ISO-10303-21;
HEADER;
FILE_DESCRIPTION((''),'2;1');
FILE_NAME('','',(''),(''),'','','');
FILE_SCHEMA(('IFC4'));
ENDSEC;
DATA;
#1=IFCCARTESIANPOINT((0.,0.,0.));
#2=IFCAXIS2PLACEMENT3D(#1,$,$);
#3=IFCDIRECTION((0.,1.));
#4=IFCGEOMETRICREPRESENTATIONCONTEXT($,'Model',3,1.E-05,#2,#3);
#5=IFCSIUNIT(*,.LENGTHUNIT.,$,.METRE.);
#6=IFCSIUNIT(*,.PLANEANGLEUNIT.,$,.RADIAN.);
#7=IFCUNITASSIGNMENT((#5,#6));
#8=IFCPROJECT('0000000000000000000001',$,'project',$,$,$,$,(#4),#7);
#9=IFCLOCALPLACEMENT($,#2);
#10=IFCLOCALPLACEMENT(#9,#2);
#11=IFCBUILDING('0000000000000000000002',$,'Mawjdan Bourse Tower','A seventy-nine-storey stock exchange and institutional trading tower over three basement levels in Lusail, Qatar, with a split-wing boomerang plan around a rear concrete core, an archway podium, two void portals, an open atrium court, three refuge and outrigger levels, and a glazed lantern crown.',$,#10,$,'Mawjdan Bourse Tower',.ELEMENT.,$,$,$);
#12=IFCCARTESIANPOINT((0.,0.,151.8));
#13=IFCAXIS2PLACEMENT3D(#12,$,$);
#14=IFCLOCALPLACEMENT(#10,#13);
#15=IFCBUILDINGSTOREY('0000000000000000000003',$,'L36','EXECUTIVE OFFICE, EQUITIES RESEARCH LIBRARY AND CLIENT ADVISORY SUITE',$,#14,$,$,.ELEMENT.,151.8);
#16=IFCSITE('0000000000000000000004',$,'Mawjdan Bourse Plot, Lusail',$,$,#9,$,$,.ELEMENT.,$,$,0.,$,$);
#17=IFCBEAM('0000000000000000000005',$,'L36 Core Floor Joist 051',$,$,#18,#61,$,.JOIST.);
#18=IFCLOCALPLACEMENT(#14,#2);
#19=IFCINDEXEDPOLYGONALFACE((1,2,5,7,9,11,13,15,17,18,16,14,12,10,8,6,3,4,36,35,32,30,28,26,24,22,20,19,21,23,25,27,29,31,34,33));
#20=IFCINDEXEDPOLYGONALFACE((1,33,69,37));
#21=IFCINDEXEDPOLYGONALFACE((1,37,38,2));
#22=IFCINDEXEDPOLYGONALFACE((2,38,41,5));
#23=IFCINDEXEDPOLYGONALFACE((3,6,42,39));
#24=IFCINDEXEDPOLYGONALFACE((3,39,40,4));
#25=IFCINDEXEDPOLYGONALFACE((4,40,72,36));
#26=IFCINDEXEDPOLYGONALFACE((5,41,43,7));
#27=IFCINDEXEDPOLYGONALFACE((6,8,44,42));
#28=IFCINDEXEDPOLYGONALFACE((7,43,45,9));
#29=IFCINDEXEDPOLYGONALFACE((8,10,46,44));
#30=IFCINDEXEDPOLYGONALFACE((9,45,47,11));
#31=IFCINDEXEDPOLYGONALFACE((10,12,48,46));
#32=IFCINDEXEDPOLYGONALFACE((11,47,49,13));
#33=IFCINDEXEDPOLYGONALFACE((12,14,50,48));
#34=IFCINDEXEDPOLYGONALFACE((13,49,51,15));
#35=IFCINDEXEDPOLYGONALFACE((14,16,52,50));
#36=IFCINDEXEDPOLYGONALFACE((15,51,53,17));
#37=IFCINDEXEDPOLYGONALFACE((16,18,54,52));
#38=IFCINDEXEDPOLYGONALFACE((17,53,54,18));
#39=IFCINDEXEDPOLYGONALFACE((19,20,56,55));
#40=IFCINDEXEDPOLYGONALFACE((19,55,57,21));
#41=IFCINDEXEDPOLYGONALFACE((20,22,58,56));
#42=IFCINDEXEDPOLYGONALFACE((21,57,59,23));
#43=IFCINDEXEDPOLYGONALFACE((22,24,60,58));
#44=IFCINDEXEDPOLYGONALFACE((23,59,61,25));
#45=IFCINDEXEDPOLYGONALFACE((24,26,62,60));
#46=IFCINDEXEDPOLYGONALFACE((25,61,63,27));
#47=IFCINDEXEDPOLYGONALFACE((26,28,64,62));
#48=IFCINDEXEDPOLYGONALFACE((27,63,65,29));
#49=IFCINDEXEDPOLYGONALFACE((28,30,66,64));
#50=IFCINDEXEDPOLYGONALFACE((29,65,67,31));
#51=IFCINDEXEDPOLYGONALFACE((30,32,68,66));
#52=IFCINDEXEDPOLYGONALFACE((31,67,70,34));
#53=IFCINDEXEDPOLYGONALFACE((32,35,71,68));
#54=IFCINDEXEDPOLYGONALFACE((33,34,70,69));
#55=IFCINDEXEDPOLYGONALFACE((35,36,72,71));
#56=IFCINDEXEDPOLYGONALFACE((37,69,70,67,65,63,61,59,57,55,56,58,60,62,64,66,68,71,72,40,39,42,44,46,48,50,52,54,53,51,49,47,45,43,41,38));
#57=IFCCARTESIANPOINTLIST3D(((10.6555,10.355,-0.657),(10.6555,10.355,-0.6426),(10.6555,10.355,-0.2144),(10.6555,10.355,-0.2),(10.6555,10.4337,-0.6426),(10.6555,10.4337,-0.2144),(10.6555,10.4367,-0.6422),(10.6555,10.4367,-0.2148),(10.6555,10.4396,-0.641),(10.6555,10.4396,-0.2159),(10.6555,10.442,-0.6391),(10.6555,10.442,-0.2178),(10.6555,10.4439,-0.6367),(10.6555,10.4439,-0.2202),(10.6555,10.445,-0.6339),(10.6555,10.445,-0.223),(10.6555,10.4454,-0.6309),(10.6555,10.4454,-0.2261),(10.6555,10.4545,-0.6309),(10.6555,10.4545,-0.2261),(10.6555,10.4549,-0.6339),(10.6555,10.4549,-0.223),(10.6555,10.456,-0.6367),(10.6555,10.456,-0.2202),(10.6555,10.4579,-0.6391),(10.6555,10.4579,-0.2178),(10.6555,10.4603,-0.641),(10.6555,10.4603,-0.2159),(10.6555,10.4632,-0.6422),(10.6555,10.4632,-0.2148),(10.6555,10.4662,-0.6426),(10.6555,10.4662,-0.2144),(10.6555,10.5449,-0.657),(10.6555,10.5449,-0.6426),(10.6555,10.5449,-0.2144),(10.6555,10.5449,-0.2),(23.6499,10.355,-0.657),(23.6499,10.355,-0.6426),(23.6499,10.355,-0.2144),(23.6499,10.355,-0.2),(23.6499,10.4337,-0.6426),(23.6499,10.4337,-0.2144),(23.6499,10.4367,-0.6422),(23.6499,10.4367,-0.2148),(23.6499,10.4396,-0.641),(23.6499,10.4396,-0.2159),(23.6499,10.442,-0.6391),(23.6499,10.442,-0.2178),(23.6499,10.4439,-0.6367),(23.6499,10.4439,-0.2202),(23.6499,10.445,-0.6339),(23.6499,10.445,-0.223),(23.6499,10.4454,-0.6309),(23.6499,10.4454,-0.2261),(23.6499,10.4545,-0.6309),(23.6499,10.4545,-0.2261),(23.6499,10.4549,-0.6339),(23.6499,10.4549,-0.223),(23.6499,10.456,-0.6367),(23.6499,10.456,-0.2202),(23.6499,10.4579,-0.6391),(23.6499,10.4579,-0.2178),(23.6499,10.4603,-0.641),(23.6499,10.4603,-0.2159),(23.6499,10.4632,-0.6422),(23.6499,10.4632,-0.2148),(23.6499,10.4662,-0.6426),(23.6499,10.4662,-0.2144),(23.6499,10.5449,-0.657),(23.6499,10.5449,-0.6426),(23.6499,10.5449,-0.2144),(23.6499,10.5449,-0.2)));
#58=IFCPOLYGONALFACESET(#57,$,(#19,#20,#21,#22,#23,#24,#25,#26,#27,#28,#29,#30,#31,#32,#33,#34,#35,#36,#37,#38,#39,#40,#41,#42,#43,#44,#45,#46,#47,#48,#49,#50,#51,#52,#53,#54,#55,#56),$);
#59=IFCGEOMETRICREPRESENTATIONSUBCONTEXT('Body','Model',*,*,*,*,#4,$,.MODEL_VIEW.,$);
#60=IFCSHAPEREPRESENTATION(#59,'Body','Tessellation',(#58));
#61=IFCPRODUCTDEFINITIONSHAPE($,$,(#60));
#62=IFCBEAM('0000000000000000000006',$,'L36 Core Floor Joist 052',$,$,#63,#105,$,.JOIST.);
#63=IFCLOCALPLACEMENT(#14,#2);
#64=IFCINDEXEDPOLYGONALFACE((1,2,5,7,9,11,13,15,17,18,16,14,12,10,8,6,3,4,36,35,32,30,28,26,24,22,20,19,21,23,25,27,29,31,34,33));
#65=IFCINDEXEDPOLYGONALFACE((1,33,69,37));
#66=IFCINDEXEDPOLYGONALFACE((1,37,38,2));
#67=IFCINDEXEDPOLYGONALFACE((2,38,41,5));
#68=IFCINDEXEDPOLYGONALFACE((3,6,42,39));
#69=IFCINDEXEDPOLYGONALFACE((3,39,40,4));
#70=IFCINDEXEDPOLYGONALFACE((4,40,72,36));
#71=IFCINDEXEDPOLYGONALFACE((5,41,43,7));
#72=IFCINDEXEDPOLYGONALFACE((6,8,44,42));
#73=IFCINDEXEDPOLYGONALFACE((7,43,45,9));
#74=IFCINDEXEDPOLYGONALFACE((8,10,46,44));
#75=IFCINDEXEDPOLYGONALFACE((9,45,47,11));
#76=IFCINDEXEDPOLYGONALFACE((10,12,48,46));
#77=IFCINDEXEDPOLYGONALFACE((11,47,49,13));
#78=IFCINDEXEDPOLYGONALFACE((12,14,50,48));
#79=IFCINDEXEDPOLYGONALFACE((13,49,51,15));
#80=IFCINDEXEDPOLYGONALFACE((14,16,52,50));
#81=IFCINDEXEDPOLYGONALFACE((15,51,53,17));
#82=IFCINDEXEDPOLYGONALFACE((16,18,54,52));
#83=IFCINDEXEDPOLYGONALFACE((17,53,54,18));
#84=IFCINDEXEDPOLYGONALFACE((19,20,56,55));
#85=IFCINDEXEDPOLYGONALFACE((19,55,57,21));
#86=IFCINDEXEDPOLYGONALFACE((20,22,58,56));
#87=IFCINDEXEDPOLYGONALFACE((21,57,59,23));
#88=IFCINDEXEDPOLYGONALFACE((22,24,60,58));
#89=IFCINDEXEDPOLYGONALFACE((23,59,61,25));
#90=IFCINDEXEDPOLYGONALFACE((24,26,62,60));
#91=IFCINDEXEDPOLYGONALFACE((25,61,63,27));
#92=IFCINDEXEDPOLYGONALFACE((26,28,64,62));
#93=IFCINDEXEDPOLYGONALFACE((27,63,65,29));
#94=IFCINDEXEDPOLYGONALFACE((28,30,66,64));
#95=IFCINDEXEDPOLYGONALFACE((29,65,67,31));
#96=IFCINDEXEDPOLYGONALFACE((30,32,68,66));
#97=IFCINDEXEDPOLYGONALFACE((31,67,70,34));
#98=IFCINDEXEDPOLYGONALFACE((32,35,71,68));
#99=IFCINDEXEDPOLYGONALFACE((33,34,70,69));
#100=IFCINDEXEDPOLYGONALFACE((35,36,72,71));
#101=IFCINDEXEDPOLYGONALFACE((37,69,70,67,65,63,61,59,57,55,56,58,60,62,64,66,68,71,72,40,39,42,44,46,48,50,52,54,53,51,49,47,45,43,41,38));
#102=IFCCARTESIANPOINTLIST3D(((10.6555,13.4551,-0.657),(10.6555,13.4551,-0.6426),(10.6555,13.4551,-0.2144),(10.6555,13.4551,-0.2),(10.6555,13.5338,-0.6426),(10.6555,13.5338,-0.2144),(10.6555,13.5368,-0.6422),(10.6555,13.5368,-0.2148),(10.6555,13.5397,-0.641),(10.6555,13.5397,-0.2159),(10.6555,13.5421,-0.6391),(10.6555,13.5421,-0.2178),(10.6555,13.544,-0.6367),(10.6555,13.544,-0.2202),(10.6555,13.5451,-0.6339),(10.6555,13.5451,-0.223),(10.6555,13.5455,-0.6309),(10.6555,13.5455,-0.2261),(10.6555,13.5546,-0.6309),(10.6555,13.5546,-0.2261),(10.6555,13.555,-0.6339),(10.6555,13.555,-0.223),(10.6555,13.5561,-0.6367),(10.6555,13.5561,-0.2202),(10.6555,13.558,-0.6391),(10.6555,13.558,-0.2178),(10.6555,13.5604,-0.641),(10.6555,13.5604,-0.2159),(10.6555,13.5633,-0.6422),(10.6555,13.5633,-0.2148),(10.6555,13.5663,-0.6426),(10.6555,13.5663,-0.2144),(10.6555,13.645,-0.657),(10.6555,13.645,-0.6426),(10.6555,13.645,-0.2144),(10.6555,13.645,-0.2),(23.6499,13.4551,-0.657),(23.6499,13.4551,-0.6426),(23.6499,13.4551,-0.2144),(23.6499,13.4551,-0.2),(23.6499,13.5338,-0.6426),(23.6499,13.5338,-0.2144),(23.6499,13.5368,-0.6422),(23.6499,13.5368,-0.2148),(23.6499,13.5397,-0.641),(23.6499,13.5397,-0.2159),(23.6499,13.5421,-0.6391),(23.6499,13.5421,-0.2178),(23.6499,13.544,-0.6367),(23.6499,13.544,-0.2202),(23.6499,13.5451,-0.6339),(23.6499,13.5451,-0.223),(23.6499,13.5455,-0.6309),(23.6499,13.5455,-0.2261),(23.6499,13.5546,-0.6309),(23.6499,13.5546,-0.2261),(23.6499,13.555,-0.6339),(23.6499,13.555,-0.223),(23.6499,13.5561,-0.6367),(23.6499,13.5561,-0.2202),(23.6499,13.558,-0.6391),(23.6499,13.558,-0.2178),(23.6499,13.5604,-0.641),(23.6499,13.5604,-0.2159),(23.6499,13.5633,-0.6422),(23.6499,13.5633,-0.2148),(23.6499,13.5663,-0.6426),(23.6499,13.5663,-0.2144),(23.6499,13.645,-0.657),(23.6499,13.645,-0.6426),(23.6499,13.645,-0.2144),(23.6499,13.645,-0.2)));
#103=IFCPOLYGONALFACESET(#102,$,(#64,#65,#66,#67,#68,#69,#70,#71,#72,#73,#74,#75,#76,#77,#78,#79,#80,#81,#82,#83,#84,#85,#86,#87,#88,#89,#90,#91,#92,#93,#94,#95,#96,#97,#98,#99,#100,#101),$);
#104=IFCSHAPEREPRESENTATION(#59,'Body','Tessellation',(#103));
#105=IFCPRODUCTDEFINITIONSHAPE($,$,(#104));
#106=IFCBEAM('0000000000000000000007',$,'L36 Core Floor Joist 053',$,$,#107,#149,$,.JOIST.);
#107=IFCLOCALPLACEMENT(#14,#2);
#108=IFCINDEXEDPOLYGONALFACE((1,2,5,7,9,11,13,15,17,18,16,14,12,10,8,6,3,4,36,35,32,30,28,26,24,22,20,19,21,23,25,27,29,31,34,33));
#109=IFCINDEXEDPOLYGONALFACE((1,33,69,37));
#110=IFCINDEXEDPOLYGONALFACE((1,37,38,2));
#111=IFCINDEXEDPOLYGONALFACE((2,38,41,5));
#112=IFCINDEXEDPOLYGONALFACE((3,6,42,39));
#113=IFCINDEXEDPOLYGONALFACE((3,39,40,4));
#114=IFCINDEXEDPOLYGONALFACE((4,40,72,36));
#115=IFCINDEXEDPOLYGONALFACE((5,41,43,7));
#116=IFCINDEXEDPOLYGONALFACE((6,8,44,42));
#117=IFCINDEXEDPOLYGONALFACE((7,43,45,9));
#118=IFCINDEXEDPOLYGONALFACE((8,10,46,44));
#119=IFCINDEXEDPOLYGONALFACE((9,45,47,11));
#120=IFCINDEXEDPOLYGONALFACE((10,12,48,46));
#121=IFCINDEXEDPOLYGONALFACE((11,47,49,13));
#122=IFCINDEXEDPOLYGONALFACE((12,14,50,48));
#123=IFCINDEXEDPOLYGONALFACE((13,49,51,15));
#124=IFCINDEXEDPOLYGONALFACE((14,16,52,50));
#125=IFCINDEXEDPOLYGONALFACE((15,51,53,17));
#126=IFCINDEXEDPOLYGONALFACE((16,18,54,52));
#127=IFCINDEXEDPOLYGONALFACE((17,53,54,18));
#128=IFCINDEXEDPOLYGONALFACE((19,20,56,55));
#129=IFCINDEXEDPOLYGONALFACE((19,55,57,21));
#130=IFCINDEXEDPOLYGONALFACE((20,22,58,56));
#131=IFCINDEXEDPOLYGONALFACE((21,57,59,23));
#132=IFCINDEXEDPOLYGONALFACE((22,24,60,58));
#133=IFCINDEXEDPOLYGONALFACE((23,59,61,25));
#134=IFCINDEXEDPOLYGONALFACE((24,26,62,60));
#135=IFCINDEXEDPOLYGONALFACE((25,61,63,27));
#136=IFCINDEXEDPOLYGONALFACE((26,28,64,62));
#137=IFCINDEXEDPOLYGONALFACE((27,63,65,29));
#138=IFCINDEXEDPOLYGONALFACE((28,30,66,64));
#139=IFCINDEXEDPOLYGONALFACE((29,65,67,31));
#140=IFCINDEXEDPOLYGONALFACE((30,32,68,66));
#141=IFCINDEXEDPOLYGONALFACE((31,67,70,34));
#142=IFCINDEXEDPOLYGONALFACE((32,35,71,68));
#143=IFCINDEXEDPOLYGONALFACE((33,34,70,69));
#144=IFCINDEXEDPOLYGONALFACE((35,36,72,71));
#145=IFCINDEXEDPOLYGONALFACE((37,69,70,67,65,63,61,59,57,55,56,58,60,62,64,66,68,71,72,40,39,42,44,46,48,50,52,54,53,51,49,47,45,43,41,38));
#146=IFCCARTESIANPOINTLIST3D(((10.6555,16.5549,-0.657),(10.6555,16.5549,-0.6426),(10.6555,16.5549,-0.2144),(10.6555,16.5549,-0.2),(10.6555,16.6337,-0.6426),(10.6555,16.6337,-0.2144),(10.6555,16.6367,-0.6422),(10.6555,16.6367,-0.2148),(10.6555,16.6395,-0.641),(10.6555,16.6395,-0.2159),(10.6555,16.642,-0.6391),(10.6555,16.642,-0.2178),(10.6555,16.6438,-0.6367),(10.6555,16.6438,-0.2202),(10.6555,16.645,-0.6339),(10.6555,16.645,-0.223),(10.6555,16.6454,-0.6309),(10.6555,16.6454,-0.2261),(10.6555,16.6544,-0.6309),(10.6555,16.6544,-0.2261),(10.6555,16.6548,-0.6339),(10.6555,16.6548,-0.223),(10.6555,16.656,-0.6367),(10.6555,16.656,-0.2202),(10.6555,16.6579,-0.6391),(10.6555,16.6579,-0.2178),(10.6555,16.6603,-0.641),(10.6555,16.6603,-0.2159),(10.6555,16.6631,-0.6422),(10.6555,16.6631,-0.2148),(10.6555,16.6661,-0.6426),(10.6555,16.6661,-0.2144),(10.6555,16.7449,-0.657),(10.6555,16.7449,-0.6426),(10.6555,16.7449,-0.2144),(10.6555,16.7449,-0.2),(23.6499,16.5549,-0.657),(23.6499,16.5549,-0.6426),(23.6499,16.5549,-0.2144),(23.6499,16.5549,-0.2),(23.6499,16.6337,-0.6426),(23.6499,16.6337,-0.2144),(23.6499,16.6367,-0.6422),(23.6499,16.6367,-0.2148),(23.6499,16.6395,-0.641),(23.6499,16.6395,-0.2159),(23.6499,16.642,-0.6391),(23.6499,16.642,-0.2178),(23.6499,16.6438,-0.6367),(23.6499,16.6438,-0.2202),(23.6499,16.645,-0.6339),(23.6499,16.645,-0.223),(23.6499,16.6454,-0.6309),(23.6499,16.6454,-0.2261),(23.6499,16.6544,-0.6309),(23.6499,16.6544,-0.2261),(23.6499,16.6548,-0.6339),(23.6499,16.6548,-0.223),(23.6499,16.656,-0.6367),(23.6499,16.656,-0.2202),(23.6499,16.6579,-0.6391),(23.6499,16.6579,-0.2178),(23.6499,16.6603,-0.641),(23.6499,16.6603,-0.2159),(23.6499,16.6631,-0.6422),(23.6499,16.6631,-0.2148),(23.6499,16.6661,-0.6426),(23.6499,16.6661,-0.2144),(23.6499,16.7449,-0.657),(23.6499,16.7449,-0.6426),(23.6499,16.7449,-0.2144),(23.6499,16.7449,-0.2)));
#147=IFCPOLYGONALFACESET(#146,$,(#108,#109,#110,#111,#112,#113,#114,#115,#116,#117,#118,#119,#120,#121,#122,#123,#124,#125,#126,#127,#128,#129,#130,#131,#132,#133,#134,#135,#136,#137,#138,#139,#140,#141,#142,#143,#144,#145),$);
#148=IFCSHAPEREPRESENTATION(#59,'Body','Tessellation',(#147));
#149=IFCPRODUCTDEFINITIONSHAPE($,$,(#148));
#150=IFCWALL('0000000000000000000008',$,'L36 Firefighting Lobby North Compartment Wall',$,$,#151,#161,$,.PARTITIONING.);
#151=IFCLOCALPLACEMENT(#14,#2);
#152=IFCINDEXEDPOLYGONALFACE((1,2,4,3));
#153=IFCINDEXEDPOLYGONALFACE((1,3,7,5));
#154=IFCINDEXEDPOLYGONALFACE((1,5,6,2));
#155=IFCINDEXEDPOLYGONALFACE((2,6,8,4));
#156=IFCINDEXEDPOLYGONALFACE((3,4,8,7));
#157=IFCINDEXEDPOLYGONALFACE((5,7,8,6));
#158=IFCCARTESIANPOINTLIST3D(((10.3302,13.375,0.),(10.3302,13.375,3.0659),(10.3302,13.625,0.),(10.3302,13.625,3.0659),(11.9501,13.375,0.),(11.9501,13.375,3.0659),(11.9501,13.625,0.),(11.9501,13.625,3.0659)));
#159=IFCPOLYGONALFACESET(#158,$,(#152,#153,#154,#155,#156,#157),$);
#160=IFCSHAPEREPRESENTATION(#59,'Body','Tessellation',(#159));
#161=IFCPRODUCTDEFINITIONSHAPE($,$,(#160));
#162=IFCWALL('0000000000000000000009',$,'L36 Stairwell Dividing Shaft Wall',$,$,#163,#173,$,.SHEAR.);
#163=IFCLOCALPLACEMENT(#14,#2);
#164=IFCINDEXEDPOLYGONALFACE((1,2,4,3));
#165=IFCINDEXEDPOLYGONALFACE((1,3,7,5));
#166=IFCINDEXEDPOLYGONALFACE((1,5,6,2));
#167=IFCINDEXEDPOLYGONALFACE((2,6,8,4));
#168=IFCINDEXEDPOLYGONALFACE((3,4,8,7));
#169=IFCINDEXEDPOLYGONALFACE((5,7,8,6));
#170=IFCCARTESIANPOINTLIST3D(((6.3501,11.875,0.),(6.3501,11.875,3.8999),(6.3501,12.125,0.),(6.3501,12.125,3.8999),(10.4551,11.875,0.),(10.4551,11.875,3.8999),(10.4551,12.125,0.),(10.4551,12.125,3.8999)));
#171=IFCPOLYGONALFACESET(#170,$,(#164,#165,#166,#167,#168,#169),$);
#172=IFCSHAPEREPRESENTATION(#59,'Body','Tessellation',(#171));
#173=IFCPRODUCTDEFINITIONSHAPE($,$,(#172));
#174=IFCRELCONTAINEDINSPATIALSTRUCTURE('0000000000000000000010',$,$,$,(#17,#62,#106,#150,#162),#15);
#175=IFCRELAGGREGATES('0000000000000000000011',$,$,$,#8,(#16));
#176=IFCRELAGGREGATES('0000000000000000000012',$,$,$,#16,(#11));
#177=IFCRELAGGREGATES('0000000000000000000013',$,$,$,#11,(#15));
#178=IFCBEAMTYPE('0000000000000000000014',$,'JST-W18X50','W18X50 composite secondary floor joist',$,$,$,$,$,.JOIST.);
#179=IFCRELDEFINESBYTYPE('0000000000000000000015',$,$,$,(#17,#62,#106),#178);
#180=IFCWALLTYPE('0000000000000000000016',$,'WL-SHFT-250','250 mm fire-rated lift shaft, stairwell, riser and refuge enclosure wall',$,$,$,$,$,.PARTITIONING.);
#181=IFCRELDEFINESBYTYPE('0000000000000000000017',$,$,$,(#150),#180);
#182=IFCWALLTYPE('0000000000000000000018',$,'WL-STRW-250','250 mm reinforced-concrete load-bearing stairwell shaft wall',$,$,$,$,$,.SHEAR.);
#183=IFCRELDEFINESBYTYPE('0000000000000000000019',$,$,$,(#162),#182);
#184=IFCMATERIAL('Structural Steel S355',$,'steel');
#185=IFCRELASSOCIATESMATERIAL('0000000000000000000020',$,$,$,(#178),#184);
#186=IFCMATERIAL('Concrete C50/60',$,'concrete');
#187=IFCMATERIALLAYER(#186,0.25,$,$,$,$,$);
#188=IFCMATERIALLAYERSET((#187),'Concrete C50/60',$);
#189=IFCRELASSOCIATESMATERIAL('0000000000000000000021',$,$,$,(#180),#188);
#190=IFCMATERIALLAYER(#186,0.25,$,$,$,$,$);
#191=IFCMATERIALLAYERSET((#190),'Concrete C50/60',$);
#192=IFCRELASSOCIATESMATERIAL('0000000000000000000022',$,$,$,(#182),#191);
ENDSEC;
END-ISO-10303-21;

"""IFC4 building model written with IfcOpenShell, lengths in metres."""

from ifc_helpers import new_model, si_unit, direction, frame, frame_2d, origin, origin_2d, place, context, subcontext, project, spatial, rectangle, i_section, extrude, material, layer, layer_set, material_profile, profile_set, type_object, element, save


model = new_model("IFC4")

# Units and contexts
model_context = context("Model", 3, precision=1e-05, world=origin(), true_north=direction((0.0, 1.0)))
body_context = subcontext(model_context, "Body", "Model", "MODEL_VIEW")
ifc_project = project(units=[si_unit("LENGTHUNIT", "METRE"), si_unit("PLANEANGLEUNIT", "RADIAN")], contexts=[model_context])

# Site, building, storey
site_placement = place(None, origin())
site = spatial("IfcSite", under=ifc_project, at=site_placement, Name="Mawjdan Bourse Plot, Lusail", CompositionType="ELEMENT", RefElevation=0.0)
building_placement = place(site_placement, origin())
building = spatial("IfcBuilding", under=site, at=building_placement, Name="Mawjdan Bourse Tower", Description="A seventy-nine-storey stock exchange and institutional trading tower over three basement levels in Lusail, Qatar, with a split-wing boomerang plan around a rear concrete core, an archway podium, two void portals, an open atrium court, three refuge and outrigger levels, and a glazed lantern crown.", LongName="Mawjdan Bourse Tower", CompositionType="ELEMENT")
storey_placement = place(building_placement, frame((0.0, 0.0, 151.8)))
storey = spatial("IfcBuildingStorey", under=building, at=storey_placement, Name="L36", Description="EXECUTIVE OFFICE, EQUITIES RESEARCH LIBRARY AND CLIENT ADVISORY SUITE", CompositionType="ELEMENT", Elevation=151.8)

# Beams
ifc_material_1 = material(Name="Structural Steel S355", Category="steel")
ifc_material_profile = material_profile(ifc_material_1, i_section(OverallWidth=0.1899, OverallDepth=0.457, WebThickness=0.009, FlangeThickness=0.0144, FilletRadius=0.0117, at=origin_2d()), Name="W18X50")
ifc_profile_set = profile_set([ifc_material_profile], Name="Structural Steel S355")
beam_type = type_object("IfcBeamType", Name="JST-W18X50", Description="W18X50 composite secondary floor joist", PredefinedType="JOIST", material=ifc_profile_set)
for number, where, z_axis, x_axis, name in (
    (1, (10.6555, 10.45, -0.4285), (1.0, 0.0, 0.0), (0.0, 1.0, 0.0), "L36 Core Floor Joist 051"),
    (2, (10.6555, 13.55, -0.4285), (1.0, 0.0, 0.0), (0.0, 1.0, 0.0), "L36 Core Floor Joist 052"),
    (3, (10.6555, 16.6499, -0.4285), (1.0, 0.0, 0.0), (0.0, 1.0, 0.0), "L36 Core Floor Joist 053"),
):
    element("IfcBeam", number, at=place(storey_placement, frame(where, z_axis=z_axis, x_axis=x_axis)), inside=storey, type_object=beam_type, Name=name, PredefinedType="JOIST", context=body_context, shape_type="SweptSolid", body=[
        extrude(i_section(OverallWidth=0.1899, OverallDepth=0.457, WebThickness=0.009, FlangeThickness=0.0144, FilletRadius=0.0117, at=origin_2d()), origin(), (0.0, 0.0, 1.0), 12.9944),
    ])

# Walls
ifc_material_2 = material(Name="Concrete C50/60", Category="concrete")
ifc_layer_1 = layer(ifc_material_2, 0.25)
ifc_layer_set_1 = layer_set([ifc_layer_1], Name="Concrete C50/60")
wall_type_1 = type_object("IfcWallType", Name="WL-SHFT-250", Description="250 mm fire-rated lift shaft, stairwell, riser and refuge enclosure wall", PredefinedType="PARTITIONING", material=ifc_layer_set_1)
wall_1_placement = place(storey_placement, frame((10.3301, 13.5, 0.0), z_axis=(0.0, 0.0, 1.0), x_axis=(1.0, 0.0, 0.0)))
element("IfcWall", 4, at=wall_1_placement, inside=storey, type_object=wall_type_1, Name="L36 Firefighting Lobby North Compartment Wall", PredefinedType="PARTITIONING", context=body_context, shape_type="SweptSolid", body=[
    extrude(rectangle(XDim=1.6199, YDim=0.25, at=frame_2d((0.8101, 0.0))), origin(), (0.0, 0.0, 1.0), 3.0659),
])
ifc_layer_2 = layer(ifc_material_2, 0.25)
ifc_layer_set_2 = layer_set([ifc_layer_2], Name="Concrete C50/60")
wall_type_2 = type_object("IfcWallType", Name="WL-STRW-250", Description="250 mm reinforced-concrete load-bearing stairwell shaft wall", PredefinedType="SHEAR", material=ifc_layer_set_2)
wall_2_placement = place(storey_placement, frame((6.3501, 12.0, 0.0), z_axis=(0.0, 0.0, 1.0), x_axis=(1.0, 0.0, 0.0)))
element("IfcWall", 5, at=wall_2_placement, inside=storey, type_object=wall_type_2, Name="L36 Stairwell Dividing Shaft Wall", PredefinedType="SHEAR", context=body_context, shape_type="SweptSolid", body=[
    extrude(rectangle(XDim=4.105, YDim=0.25, at=frame_2d((2.0525, 0.0))), origin(), (0.0, 0.0, 1.0), 3.8999),
])

save(model, "model.ifc")
